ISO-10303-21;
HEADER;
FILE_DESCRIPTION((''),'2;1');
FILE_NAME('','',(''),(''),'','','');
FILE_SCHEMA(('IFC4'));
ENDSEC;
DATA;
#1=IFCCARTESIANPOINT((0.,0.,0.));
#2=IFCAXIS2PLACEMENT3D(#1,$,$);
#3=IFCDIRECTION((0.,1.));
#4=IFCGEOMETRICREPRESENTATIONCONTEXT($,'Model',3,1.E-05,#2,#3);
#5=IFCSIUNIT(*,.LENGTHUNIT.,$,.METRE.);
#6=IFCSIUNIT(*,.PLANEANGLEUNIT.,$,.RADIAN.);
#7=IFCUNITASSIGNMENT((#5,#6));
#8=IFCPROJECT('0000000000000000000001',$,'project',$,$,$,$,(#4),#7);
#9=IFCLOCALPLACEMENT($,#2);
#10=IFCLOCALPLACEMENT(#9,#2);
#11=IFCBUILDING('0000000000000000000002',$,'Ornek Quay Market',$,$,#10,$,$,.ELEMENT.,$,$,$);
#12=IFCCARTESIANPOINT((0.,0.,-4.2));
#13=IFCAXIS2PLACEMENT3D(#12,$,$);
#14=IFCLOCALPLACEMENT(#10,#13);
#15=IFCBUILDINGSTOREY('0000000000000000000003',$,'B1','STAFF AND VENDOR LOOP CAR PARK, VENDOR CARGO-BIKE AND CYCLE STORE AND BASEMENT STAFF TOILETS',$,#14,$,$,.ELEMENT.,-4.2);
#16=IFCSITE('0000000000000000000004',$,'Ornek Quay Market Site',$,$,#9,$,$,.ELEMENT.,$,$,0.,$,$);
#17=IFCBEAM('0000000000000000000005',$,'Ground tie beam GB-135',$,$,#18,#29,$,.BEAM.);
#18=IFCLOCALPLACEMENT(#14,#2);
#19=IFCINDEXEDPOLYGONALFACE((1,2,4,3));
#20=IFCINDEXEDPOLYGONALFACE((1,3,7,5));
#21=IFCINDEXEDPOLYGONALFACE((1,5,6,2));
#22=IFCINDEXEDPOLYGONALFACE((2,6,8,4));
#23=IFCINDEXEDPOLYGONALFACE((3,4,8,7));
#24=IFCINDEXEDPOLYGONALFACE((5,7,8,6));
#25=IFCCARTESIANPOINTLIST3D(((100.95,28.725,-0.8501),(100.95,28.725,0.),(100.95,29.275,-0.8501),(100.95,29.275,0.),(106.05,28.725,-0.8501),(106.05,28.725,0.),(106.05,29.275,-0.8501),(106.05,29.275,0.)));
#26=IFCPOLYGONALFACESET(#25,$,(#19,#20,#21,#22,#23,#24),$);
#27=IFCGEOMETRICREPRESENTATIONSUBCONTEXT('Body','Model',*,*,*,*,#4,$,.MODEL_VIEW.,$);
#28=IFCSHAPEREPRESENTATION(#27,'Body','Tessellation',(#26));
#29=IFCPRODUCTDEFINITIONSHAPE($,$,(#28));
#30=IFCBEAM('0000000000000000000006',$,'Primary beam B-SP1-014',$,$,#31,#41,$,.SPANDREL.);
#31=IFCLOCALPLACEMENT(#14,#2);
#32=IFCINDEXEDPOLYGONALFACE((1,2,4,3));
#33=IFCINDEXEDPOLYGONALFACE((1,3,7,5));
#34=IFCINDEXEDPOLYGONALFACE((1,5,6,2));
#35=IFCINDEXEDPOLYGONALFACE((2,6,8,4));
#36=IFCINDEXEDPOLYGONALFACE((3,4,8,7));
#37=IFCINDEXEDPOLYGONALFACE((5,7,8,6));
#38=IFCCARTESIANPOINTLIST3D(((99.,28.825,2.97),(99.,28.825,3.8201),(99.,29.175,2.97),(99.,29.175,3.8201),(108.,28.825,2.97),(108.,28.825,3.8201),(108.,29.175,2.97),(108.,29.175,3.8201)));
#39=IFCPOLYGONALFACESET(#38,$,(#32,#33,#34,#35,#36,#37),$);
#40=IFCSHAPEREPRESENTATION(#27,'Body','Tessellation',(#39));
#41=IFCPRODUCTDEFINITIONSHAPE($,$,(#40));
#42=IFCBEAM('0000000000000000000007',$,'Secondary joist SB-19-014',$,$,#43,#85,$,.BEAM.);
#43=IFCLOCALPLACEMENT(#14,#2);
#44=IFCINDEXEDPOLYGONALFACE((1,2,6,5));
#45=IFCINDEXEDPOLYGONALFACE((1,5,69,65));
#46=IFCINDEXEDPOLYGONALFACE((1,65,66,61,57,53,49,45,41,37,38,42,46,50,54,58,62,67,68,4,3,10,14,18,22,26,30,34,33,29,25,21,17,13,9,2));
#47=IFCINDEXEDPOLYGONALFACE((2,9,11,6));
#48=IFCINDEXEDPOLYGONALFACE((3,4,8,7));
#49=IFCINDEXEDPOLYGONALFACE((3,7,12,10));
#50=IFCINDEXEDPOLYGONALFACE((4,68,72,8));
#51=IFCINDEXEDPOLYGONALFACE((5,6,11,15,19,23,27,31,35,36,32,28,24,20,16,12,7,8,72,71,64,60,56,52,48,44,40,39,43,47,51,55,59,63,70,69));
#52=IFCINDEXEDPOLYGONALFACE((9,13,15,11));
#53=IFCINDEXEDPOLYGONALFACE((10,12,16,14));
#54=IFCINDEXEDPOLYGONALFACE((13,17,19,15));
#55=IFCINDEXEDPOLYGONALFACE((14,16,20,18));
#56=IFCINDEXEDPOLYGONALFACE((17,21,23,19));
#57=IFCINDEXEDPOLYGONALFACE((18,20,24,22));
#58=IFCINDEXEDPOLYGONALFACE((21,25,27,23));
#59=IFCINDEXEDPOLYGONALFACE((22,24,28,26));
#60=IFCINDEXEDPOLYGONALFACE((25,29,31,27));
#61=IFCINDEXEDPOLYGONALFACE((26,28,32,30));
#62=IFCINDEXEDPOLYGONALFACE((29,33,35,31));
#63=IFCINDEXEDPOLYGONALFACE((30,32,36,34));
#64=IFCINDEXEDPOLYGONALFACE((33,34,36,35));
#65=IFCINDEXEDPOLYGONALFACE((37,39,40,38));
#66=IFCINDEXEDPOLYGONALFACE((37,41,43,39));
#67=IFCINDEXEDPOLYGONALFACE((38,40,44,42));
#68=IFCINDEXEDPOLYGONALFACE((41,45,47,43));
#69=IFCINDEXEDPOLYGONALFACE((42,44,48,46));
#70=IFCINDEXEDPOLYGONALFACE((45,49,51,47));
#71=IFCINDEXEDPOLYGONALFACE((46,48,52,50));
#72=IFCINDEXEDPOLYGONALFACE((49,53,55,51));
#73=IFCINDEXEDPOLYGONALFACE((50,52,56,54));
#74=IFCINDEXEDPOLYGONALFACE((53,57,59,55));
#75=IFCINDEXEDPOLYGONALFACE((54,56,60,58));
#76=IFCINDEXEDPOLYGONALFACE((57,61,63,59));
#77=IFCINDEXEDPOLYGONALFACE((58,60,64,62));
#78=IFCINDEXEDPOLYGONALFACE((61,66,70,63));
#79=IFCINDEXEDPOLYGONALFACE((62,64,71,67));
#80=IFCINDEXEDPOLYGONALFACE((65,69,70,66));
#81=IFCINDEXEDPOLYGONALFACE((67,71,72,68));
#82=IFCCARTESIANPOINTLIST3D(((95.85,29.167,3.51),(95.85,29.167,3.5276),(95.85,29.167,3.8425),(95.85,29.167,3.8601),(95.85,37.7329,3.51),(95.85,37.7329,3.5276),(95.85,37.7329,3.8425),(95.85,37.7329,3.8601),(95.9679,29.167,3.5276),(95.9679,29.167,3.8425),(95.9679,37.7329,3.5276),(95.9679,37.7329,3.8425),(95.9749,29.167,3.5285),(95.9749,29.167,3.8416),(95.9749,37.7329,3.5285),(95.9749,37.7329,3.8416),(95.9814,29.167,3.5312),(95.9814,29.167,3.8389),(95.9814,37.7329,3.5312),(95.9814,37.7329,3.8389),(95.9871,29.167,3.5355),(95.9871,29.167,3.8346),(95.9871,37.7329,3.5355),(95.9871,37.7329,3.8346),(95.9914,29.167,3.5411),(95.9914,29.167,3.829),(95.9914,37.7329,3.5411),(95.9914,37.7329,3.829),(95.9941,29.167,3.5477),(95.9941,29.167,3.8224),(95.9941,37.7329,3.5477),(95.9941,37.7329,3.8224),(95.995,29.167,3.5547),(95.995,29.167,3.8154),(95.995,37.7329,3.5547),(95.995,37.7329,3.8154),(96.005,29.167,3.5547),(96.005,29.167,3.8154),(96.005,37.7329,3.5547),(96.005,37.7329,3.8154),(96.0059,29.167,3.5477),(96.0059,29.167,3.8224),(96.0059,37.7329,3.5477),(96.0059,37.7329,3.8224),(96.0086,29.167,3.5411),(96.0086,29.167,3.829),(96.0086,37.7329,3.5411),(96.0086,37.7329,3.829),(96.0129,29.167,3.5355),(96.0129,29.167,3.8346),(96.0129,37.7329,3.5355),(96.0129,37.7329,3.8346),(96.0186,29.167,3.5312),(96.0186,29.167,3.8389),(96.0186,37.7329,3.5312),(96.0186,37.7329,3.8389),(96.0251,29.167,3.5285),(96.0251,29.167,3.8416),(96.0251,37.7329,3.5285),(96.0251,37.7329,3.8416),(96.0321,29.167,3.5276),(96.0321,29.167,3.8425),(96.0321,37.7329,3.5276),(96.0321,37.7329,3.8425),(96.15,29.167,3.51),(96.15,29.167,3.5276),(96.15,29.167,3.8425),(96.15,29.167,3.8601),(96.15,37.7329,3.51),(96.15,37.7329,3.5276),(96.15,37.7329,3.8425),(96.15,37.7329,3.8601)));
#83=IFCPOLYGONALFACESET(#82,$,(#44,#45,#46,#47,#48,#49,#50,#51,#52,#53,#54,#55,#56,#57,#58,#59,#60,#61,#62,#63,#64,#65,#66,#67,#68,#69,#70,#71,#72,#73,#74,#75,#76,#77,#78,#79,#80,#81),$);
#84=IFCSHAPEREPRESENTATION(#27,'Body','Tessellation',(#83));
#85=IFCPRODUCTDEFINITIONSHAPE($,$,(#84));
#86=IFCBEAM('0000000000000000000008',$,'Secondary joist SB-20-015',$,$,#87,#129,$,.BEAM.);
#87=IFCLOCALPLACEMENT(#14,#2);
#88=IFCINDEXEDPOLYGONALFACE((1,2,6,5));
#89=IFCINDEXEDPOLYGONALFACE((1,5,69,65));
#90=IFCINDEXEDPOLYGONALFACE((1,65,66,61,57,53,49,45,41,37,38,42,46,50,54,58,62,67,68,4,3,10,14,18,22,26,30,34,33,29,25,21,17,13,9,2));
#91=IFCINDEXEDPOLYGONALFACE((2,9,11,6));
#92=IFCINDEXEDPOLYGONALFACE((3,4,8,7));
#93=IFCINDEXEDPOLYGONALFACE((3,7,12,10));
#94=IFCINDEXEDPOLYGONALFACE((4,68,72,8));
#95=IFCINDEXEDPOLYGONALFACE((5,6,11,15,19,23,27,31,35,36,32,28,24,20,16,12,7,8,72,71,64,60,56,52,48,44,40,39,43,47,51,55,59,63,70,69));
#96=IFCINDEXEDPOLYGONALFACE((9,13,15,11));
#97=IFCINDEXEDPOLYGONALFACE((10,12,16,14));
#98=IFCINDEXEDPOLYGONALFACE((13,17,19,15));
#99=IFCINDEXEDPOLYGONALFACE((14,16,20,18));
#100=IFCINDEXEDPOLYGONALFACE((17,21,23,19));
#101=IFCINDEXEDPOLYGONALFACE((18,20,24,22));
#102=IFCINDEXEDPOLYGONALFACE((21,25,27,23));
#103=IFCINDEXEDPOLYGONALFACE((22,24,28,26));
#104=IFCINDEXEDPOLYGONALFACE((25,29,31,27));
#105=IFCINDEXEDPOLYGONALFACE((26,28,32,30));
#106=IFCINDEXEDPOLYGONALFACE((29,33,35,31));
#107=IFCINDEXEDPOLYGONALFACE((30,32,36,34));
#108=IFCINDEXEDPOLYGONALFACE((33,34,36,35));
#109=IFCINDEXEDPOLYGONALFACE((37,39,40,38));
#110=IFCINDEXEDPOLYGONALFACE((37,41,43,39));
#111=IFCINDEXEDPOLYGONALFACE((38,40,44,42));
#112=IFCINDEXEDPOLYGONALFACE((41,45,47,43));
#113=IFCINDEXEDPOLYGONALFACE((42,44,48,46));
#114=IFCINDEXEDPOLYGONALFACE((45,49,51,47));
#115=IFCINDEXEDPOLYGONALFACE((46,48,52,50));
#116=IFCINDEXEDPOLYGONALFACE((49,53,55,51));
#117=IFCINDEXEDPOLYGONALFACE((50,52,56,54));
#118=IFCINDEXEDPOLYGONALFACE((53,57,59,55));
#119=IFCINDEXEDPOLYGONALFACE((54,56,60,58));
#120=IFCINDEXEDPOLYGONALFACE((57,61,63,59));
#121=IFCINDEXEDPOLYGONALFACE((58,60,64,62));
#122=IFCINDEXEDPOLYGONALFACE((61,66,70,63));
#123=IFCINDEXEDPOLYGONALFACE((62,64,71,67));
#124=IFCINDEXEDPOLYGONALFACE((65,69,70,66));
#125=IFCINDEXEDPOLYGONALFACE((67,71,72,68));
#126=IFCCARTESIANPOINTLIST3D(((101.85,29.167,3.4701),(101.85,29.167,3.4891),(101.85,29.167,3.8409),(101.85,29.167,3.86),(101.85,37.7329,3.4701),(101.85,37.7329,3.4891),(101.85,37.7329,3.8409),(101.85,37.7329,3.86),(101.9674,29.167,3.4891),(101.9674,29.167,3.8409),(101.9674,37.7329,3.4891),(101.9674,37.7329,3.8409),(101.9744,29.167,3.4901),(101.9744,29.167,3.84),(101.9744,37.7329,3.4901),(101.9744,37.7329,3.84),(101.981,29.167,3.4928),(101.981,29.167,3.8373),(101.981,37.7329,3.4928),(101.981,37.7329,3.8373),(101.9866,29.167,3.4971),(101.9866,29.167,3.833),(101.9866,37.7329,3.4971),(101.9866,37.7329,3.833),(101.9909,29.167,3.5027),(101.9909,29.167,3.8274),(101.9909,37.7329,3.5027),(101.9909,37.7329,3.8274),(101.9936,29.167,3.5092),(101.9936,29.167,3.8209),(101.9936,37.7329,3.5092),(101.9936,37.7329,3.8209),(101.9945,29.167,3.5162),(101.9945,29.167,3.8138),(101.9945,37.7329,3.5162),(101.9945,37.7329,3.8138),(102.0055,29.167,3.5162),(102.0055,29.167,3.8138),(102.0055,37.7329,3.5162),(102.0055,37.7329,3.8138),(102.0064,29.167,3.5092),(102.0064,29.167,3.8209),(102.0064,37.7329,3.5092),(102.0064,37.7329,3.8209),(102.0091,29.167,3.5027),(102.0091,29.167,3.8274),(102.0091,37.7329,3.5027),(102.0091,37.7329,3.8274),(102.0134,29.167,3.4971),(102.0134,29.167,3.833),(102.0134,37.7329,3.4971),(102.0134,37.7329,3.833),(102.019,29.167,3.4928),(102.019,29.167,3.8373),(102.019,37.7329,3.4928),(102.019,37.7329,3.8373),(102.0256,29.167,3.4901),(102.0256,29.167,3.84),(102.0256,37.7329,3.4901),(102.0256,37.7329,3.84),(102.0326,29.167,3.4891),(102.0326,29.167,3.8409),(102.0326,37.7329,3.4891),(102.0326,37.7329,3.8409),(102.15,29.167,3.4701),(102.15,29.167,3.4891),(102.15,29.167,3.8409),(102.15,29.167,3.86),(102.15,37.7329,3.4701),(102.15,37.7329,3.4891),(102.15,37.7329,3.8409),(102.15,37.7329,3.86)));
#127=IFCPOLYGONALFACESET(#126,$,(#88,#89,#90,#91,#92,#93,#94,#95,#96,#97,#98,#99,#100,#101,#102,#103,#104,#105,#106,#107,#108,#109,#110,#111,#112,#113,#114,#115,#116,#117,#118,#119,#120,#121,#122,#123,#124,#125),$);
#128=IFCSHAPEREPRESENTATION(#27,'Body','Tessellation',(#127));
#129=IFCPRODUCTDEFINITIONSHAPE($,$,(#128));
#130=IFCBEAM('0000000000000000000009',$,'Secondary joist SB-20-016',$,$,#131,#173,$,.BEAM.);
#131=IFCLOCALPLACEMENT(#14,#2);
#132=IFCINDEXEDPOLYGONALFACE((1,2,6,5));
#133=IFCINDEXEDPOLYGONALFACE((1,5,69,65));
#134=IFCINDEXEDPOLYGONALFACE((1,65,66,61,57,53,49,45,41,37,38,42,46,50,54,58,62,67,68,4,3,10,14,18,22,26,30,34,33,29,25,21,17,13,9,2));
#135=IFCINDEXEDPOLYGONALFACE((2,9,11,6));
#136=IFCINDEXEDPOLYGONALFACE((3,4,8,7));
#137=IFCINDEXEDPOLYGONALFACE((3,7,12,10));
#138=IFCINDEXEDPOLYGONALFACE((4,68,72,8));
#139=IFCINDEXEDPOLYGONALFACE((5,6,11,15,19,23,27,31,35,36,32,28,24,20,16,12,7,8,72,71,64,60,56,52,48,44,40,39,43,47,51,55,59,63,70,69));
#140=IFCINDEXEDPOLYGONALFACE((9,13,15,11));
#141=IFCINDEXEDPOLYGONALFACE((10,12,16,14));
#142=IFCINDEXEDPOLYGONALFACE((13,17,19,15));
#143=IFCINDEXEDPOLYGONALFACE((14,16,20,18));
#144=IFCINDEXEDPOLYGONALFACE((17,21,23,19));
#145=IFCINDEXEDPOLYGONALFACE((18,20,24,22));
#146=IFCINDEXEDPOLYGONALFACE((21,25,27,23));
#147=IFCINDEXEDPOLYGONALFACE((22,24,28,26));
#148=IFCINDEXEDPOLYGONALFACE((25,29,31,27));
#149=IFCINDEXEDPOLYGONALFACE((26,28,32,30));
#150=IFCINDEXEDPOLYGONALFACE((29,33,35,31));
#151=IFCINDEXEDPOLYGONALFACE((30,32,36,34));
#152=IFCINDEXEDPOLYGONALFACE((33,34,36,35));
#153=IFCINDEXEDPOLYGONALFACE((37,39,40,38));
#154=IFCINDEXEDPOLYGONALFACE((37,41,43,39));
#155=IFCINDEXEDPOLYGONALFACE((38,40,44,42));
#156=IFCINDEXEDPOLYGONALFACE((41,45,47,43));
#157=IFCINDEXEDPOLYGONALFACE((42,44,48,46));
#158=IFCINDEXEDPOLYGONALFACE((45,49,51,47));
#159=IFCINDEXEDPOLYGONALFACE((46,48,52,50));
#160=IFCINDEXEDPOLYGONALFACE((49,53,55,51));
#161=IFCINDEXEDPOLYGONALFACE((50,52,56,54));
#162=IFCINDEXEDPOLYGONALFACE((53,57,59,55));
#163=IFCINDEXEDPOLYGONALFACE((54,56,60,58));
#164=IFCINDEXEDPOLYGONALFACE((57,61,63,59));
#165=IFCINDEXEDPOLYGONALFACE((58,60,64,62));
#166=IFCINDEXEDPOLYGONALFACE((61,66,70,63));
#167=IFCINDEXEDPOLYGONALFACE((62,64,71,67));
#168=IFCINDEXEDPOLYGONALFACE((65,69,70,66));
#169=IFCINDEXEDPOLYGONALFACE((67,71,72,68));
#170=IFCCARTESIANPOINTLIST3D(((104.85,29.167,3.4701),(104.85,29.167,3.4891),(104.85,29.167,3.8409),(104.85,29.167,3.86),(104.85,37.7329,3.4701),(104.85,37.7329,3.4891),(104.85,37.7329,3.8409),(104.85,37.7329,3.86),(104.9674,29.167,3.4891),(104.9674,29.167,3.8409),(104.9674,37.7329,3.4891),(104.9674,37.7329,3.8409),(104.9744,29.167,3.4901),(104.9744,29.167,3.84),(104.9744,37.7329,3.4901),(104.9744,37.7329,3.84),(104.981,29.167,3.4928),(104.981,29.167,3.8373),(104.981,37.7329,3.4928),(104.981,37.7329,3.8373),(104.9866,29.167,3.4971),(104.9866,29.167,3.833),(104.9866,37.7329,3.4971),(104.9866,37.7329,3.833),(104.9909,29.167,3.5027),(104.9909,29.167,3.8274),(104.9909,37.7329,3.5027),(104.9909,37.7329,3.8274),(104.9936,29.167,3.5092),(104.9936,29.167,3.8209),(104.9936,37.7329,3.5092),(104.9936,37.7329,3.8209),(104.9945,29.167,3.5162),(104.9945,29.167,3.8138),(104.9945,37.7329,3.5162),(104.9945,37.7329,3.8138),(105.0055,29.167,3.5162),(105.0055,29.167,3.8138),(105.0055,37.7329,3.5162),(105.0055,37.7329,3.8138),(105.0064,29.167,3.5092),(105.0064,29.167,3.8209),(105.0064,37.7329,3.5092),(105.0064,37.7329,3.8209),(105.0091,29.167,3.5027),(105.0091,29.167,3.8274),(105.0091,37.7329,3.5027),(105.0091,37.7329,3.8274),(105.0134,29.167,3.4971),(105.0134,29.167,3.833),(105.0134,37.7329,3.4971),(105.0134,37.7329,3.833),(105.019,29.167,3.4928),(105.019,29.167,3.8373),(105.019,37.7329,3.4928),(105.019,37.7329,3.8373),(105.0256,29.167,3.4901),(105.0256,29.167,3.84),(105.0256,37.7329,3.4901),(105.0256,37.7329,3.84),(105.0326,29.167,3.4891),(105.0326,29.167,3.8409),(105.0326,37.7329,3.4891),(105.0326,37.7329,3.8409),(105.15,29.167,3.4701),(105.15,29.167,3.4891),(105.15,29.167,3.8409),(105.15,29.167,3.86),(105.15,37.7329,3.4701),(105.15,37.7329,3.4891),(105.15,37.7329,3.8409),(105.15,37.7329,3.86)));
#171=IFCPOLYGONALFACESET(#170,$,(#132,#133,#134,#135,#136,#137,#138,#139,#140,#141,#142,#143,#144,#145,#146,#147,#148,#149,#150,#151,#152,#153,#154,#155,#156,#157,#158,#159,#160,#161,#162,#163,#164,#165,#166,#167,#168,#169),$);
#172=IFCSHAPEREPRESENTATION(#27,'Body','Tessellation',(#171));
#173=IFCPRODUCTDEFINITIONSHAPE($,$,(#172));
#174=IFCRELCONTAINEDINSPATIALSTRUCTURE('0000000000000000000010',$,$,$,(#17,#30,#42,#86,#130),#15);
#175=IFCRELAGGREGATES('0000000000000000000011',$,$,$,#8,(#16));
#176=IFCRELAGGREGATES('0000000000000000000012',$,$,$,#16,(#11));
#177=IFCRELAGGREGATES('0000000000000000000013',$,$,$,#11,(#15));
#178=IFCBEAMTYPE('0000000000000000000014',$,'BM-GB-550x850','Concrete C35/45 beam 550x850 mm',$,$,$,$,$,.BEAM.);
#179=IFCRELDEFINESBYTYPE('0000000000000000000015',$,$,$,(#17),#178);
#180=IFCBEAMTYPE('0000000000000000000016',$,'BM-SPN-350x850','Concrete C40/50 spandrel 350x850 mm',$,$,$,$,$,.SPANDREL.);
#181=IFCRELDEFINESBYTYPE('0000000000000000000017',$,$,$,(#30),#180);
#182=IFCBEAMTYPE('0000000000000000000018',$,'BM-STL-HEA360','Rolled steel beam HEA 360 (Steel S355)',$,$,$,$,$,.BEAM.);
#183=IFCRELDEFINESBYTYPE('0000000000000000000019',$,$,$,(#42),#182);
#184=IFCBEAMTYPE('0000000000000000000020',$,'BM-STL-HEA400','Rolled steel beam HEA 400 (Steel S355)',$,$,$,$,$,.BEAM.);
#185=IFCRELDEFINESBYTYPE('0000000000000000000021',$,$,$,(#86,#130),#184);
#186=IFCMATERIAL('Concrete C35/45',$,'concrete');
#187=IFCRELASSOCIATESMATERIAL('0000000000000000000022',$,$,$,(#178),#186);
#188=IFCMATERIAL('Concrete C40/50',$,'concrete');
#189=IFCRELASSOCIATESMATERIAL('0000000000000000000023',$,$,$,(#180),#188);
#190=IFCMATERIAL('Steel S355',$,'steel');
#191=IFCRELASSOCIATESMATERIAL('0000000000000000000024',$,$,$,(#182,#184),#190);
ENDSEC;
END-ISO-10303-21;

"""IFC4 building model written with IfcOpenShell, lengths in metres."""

from ifc_helpers import new_model, si_unit, direction, frame, origin, origin_2d, place, context, subcontext, project, spatial, rectangle, i_section, extrude, material, material_profile, profile_set, type_object, element, save


model = new_model("IFC4")

# Units and contexts
model_context = context("Model", 3, precision=1e-05, world=origin(), true_north=direction((0.0, 1.0)))
body_context = subcontext(model_context, "Body", "Model", "MODEL_VIEW")
ifc_project = project(units=[si_unit("LENGTHUNIT", "METRE"), si_unit("PLANEANGLEUNIT", "RADIAN")], contexts=[model_context])

# Site, building, storey
site_placement = place(None, origin())
site = spatial("IfcSite", under=ifc_project, at=site_placement, Name="Ornek Quay Market Site", CompositionType="ELEMENT", RefElevation=0.0)
building_placement = place(site_placement, origin())
building = spatial("IfcBuilding", under=site, at=building_placement, Name="Ornek Quay Market", CompositionType="ELEMENT")
storey_placement = place(building_placement, frame((0.0, 0.0, -4.2)))
storey = spatial("IfcBuildingStorey", under=building, at=storey_placement, Name="B1", Description="STAFF AND VENDOR LOOP CAR PARK, VENDOR CARGO-BIKE AND CYCLE STORE AND BASEMENT STAFF TOILETS", CompositionType="ELEMENT", Elevation=-4.2)

# Shared definitions
ifc_material_1 = material(Name="Concrete C35/45", Category="concrete")

# Shared definitions
ifc_material_2 = material(Name="Concrete C40/50", Category="concrete")

# Beams
ifc_material_profile_1 = material_profile(ifc_material_1, rectangle(XDim=0.55, YDim=0.8501, at=origin_2d()), Name="RC 550x850", Category="concrete")
ifc_profile_set_1 = profile_set([ifc_material_profile_1], Name="Concrete C35/45")
beam_type_1 = type_object("IfcBeamType", Name="BM-GB-550x850", Description="Concrete C35/45 beam 550x850 mm", PredefinedType="BEAM", material=ifc_profile_set_1)
beam_1_placement = place(storey_placement, frame((100.95, 29.0, -0.425), z_axis=(1.0, 0.0, 0.0), x_axis=(0.0, 1.0, 0.0)))
element("IfcBeam", 1, at=beam_1_placement, inside=storey, type_object=beam_type_1, Name="Ground tie beam GB-135", PredefinedType="BEAM", context=body_context, shape_type="SweptSolid", body=[
    extrude(rectangle(XDim=0.55, YDim=0.8501, at=origin_2d()), origin(), (0.0, 0.0, 1.0), 5.1001),
])
ifc_material_profile_2 = material_profile(ifc_material_2, rectangle(XDim=0.3501, YDim=0.8501, at=origin_2d()), Name="RC 350x850", Category="concrete")
ifc_profile_set_2 = profile_set([ifc_material_profile_2], Name="Concrete C40/50")
beam_type_2 = type_object("IfcBeamType", Name="BM-SPN-350x850", Description="Concrete C40/50 spandrel 350x850 mm", PredefinedType="SPANDREL", material=ifc_profile_set_2)
beam_2_placement = place(storey_placement, frame((99.0, 29.0, 3.395), z_axis=(1.0, 0.0, 0.0), x_axis=(0.0, 1.0, 0.0)))
element("IfcBeam", 2, at=beam_2_placement, inside=storey, type_object=beam_type_2, Name="Primary beam B-SP1-014", PredefinedType="SPANDREL", context=body_context, shape_type="SweptSolid", body=[
    extrude(rectangle(XDim=0.3501, YDim=0.8501, at=origin_2d()), origin(), (0.0, 0.0, 1.0), 9.0),
])
ifc_material_3 = material(Name="Steel S355", Category="steel")
ifc_material_profile_3 = material_profile(ifc_material_3, i_section(OverallWidth=0.3, OverallDepth=0.3501, WebThickness=0.01, FlangeThickness=0.0176, FilletRadius=0.0271, at=origin_2d()), Name="HEA 360", Category="steel")
ifc_profile_set_3 = profile_set([ifc_material_profile_3], Name="Steel S355")
beam_type_3 = type_object("IfcBeamType", Name="BM-STL-HEA360", Description="Rolled steel beam HEA 360 (Steel S355)", PredefinedType="BEAM", material=ifc_profile_set_3)
beam_3_placement = place(storey_placement, frame((96.0, 29.167, 3.6851), z_axis=(0.0, 1.0, 0.0), x_axis=(-1.0, 0.0, 0.0)))
element("IfcBeam", 3, at=beam_3_placement, inside=storey, type_object=beam_type_3, Name="Secondary joist SB-19-014", PredefinedType="BEAM", context=body_context, shape_type="SweptSolid", body=[
    extrude(i_section(OverallWidth=0.3, OverallDepth=0.3501, WebThickness=0.01, FlangeThickness=0.0176, FilletRadius=0.0271, at=origin_2d()), origin(), (0.0, 0.0, 1.0), 8.5659),
])
ifc_material_profile_4 = material_profile(ifc_material_3, i_section(OverallWidth=0.3, OverallDepth=0.3899, WebThickness=0.011, FlangeThickness=0.019, FilletRadius=0.0271, at=origin_2d()), Name="HEA 400", Category="steel")
ifc_profile_set_4 = profile_set([ifc_material_profile_4], Name="Steel S355")
beam_type_4 = type_object("IfcBeamType", Name="BM-STL-HEA400", Description="Rolled steel beam HEA 400 (Steel S355)", PredefinedType="BEAM", material=ifc_profile_set_4)
for number, where, z_axis, x_axis, name in (
    (4, (102.0, 29.167, 3.665), (0.0, 1.0, 0.0), (-1.0, 0.0, 0.0), "Secondary joist SB-20-015"),
    (5, (105.0, 29.167, 3.665), (0.0, 1.0, 0.0), (-1.0, 0.0, 0.0), "Secondary joist SB-20-016"),
):
    element("IfcBeam", number, at=place(storey_placement, frame(where, z_axis=z_axis, x_axis=x_axis)), inside=storey, type_object=beam_type_4, Name=name, PredefinedType="BEAM", context=body_context, shape_type="SweptSolid", body=[
        extrude(i_section(OverallWidth=0.3, OverallDepth=0.3899, WebThickness=0.011, FlangeThickness=0.019, FilletRadius=0.0271, at=origin_2d()), origin(), (0.0, 0.0, 1.0), 8.5659),
    ])

save(model, "model.ifc")
